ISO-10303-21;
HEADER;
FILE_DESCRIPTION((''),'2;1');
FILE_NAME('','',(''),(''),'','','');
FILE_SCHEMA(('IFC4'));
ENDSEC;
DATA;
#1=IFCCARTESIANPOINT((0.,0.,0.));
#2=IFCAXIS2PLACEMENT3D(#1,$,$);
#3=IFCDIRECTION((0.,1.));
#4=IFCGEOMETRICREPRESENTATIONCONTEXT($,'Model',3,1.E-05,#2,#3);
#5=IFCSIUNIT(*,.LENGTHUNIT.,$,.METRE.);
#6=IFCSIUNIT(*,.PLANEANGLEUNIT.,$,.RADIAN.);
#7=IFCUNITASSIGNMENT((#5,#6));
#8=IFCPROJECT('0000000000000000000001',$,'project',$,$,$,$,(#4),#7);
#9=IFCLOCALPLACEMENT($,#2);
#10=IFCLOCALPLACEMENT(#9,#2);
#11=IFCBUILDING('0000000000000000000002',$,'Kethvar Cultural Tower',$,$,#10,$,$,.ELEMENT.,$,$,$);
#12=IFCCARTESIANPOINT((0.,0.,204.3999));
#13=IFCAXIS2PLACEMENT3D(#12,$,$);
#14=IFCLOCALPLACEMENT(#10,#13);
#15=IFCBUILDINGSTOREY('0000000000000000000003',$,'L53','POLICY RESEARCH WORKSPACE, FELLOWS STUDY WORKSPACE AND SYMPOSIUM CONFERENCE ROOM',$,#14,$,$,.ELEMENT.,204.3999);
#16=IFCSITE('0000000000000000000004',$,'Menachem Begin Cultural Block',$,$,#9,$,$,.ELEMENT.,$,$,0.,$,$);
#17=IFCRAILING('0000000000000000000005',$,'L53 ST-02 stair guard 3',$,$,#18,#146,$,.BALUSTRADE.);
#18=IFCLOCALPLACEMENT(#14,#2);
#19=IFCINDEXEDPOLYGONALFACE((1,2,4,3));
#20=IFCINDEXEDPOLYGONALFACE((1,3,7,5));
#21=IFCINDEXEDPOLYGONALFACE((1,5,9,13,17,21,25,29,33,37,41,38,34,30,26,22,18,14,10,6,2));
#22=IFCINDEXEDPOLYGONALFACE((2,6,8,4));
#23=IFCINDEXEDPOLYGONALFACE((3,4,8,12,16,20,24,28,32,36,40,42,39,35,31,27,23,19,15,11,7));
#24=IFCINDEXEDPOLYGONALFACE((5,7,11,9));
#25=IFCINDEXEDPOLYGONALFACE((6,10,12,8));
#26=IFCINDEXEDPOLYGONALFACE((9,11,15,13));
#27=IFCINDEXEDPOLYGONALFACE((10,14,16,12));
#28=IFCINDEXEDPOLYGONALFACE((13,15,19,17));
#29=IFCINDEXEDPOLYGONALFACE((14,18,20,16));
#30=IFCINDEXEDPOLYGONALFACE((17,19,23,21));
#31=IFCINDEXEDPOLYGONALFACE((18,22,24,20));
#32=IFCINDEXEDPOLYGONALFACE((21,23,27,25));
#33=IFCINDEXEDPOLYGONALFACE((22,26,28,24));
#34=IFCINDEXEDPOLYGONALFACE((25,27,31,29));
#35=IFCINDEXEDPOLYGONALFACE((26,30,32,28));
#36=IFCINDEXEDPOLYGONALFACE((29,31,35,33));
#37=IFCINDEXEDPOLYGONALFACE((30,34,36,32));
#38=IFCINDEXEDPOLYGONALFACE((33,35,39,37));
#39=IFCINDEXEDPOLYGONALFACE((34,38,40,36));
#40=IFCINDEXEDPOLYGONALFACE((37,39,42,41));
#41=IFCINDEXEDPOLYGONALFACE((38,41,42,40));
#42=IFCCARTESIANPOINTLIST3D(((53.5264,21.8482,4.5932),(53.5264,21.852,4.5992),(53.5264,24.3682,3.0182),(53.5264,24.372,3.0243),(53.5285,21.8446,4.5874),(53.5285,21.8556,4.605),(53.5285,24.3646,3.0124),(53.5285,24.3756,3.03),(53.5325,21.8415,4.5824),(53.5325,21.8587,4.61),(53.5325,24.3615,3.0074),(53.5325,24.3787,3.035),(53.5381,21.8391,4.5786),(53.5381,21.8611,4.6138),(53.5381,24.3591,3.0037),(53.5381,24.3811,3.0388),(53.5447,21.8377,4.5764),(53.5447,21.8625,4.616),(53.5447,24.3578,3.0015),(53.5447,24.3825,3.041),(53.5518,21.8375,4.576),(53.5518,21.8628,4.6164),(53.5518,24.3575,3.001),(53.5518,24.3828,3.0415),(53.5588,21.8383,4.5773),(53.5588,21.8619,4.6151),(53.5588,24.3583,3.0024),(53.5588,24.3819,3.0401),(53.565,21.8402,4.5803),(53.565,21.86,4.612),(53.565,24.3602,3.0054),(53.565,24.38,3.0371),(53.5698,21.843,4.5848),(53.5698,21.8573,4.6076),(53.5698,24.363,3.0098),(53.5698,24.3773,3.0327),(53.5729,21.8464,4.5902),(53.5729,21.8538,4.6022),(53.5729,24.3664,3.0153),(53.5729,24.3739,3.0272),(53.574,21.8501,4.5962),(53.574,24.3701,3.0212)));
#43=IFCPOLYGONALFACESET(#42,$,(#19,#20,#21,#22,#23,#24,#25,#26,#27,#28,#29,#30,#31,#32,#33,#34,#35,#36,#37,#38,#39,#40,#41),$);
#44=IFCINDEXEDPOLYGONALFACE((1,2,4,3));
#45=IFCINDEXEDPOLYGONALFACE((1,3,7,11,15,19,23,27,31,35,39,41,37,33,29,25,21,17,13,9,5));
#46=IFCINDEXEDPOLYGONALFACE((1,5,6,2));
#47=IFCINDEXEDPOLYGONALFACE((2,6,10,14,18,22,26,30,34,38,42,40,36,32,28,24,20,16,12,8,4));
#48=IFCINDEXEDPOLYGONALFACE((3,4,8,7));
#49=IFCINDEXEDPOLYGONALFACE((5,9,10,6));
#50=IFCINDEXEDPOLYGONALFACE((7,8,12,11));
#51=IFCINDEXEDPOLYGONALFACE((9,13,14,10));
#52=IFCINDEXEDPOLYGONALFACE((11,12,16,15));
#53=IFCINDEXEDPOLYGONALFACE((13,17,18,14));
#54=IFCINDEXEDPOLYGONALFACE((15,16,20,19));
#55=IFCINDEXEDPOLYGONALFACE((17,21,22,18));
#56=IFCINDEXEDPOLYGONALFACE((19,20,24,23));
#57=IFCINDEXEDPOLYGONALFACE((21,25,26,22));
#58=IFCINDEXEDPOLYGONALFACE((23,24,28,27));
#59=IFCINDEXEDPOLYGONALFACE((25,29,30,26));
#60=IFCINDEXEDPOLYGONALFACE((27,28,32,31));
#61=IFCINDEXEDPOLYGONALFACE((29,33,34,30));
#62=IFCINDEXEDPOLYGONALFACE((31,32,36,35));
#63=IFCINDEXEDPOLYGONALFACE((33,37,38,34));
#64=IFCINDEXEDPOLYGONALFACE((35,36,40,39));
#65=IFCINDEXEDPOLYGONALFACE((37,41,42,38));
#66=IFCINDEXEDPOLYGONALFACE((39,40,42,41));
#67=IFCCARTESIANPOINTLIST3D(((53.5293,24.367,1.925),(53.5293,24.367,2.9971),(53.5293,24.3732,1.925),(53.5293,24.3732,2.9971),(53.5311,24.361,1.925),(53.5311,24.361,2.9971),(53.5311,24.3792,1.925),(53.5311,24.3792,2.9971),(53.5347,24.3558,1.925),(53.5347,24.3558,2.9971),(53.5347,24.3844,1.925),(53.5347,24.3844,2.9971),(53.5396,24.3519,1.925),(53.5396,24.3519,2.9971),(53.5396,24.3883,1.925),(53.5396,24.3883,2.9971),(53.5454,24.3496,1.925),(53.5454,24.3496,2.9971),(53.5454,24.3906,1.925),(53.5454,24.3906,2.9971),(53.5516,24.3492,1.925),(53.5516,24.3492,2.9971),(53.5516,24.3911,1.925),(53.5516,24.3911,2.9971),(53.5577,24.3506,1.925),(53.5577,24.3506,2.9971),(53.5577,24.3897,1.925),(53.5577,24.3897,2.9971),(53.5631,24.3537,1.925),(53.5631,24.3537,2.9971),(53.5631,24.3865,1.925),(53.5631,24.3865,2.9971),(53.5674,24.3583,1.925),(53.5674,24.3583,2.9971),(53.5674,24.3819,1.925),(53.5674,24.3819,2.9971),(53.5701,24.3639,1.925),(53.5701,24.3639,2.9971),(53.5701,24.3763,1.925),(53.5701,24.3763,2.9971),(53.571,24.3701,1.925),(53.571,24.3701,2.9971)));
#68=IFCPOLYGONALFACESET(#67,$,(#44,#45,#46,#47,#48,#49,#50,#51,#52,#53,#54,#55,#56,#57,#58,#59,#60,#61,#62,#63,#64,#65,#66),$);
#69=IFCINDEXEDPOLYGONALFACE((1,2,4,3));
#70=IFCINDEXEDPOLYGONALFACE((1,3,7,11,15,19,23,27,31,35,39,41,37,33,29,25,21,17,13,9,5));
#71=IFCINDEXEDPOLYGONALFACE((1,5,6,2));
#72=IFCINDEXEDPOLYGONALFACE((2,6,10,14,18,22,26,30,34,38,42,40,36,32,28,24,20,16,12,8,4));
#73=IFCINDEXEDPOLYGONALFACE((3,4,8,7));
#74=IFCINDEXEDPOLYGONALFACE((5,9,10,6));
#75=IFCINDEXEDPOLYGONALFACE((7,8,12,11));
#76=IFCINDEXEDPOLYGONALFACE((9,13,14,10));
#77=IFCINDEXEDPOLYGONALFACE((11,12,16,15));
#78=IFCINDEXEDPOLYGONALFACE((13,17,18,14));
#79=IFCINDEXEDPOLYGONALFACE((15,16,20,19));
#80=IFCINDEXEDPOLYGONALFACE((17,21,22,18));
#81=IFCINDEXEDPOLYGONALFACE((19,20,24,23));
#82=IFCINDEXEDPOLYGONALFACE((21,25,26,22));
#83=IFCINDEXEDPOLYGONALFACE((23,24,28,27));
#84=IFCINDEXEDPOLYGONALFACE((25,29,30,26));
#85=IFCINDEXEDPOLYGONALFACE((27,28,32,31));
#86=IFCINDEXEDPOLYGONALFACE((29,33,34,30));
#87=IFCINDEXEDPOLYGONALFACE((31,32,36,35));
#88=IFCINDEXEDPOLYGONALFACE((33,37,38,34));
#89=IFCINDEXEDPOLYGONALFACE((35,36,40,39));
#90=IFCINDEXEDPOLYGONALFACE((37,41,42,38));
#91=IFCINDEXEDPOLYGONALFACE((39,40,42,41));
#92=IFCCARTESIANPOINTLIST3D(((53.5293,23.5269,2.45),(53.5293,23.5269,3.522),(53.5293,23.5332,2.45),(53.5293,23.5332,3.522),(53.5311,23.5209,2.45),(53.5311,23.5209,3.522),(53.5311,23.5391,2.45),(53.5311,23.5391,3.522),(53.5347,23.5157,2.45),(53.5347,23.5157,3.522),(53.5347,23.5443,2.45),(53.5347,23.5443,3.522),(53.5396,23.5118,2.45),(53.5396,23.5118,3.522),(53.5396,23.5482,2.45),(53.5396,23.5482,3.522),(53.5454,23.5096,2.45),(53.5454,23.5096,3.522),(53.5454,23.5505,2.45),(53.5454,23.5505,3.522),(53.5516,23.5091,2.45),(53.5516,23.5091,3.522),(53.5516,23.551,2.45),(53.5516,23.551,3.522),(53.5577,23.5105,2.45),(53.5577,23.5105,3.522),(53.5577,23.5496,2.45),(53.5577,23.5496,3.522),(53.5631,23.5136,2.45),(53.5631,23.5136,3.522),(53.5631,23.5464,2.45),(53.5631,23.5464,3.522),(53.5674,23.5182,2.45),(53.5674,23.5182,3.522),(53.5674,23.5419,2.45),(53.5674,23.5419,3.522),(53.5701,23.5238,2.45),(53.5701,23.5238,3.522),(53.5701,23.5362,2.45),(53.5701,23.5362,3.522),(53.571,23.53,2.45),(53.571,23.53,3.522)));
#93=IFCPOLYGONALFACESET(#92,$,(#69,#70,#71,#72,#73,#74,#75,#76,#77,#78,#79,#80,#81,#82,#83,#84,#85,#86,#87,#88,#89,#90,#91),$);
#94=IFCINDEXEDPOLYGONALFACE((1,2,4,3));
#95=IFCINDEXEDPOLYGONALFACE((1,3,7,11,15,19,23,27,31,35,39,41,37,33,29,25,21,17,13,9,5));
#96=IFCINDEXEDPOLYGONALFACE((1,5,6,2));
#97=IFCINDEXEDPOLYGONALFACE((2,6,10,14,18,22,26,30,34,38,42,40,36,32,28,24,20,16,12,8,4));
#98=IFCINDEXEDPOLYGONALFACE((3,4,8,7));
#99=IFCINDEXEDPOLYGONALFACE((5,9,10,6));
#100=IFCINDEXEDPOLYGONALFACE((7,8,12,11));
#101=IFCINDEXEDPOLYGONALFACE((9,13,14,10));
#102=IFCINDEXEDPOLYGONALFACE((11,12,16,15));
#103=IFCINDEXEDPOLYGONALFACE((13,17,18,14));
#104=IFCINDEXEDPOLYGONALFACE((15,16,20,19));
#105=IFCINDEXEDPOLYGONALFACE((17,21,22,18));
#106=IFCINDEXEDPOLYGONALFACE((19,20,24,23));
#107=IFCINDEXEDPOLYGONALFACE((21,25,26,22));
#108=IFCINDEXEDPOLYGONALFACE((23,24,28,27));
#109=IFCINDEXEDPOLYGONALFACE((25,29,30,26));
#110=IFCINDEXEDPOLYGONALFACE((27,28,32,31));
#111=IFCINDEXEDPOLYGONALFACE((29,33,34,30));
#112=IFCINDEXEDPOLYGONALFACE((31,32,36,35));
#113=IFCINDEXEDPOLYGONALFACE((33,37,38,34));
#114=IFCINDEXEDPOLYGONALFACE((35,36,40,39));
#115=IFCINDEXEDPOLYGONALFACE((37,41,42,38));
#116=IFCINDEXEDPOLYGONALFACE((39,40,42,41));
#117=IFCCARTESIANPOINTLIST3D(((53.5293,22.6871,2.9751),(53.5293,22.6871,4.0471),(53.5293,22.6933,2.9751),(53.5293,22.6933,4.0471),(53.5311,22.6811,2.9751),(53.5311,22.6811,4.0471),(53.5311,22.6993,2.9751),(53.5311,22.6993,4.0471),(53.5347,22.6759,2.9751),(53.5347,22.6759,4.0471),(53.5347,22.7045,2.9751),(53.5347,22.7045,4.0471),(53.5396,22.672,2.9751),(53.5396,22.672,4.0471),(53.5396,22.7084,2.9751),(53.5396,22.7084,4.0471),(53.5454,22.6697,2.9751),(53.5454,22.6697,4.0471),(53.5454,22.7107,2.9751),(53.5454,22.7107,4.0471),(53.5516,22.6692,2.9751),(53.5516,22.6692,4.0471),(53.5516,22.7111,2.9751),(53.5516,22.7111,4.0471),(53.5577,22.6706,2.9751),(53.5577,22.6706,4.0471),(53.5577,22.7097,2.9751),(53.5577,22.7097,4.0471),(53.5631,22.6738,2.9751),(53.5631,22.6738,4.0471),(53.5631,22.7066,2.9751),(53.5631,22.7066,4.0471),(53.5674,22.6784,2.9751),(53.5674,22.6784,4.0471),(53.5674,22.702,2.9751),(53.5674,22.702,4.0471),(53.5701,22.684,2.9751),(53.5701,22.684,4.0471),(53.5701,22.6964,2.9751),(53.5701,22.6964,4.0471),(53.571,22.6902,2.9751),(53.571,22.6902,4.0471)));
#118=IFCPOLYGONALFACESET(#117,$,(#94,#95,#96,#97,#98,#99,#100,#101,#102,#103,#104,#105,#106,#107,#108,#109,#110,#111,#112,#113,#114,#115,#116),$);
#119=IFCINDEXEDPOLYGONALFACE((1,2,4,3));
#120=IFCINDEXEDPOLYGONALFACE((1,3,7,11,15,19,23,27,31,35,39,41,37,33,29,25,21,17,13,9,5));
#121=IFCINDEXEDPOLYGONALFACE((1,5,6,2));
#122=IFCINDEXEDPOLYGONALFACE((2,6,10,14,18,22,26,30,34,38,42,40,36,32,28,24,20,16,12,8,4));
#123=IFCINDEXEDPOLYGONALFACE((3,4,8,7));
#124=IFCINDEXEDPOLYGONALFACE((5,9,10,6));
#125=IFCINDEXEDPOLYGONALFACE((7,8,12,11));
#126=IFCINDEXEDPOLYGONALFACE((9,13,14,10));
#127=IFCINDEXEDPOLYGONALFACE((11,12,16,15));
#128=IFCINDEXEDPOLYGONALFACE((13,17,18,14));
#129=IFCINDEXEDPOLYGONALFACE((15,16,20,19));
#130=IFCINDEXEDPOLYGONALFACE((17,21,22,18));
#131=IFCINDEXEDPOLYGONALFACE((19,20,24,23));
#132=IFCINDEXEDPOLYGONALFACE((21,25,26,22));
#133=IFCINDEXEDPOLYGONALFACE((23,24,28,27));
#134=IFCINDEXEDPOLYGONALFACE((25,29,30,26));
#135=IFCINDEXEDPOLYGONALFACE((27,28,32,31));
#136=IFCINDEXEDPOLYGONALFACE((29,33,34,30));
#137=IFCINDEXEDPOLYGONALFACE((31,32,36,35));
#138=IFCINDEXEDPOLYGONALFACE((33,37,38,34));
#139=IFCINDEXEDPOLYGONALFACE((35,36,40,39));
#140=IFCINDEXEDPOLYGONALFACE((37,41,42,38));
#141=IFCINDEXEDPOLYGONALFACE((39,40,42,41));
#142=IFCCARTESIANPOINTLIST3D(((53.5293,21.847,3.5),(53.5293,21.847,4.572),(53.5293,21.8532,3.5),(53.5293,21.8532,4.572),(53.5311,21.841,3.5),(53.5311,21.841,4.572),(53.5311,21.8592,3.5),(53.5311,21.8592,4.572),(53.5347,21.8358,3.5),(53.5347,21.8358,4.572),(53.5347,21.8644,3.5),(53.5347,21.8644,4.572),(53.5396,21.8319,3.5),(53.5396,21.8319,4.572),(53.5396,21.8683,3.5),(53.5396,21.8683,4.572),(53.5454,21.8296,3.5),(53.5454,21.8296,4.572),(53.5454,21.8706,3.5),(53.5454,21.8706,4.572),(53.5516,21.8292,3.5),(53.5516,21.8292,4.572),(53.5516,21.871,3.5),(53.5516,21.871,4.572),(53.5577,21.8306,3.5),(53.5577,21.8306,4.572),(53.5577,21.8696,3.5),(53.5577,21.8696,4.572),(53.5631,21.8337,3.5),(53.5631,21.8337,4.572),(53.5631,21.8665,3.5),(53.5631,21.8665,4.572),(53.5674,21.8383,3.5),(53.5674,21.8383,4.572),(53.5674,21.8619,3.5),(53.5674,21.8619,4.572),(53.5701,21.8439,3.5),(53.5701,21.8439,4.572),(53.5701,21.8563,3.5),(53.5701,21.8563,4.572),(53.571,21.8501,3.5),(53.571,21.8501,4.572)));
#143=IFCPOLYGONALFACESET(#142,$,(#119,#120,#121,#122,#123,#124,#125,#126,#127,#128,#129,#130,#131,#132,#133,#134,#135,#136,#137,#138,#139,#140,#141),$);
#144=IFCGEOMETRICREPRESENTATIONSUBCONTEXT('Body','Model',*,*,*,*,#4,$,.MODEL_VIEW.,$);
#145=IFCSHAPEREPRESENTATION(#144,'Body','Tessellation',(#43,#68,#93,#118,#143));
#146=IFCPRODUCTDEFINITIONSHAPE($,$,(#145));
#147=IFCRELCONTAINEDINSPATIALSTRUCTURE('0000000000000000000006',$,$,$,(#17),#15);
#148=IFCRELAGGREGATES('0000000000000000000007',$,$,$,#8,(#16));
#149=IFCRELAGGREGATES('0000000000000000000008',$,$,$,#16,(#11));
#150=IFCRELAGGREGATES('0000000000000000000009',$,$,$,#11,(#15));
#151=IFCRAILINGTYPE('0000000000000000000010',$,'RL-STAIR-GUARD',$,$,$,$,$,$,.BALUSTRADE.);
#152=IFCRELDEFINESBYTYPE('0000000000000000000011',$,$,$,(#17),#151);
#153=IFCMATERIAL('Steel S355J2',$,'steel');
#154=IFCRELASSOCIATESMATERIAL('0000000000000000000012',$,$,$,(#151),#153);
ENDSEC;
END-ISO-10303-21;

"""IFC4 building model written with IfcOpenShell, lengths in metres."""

from ifc_helpers import new_model, si_unit, direction, frame, origin, origin_2d, place, context, subcontext, project, spatial, circle, extrude, material, type_object, element, save


model = new_model("IFC4")

# Units and contexts
model_context = context("Model", 3, precision=1e-05, world=origin(), true_north=direction((0.0, 1.0)))
body_context = subcontext(model_context, "Body", "Model", "MODEL_VIEW")
ifc_project = project(units=[si_unit("LENGTHUNIT", "METRE"), si_unit("PLANEANGLEUNIT", "RADIAN")], contexts=[model_context])

# Site, building, storey
site_placement = place(None, origin())
site = spatial("IfcSite", under=ifc_project, at=site_placement, Name="Menachem Begin Cultural Block", CompositionType="ELEMENT", RefElevation=0.0)
building_placement = place(site_placement, origin())
building = spatial("IfcBuilding", under=site, at=building_placement, Name="Kethvar Cultural Tower", CompositionType="ELEMENT")
storey_placement = place(building_placement, frame((0.0, 0.0, 204.3999)))
storey = spatial("IfcBuildingStorey", under=building, at=storey_placement, Name="L53", Description="POLICY RESEARCH WORKSPACE, FELLOWS STUDY WORKSPACE AND SYMPOSIUM CONFERENCE ROOM", CompositionType="ELEMENT", Elevation=204.3999)

# Shared definitions
ifc_material_1 = material(Name="Steel S355J2", Category="steel")

# Railing
railing_type_1 = type_object("IfcRailingType", Name="RL-STAIR-GUARD", PredefinedType="BALUSTRADE", material=ifc_material_1)
railing_1_placement = place(storey_placement, frame((53.55, 24.3701, 1.925)))
element("IfcRailing", 1, at=railing_1_placement, inside=storey, type_object=railing_type_1, Name="L53 ST-02 stair guard 3", PredefinedType="BALUSTRADE", context=body_context, shape_type="SweptSolid", body=[
    extrude(circle(Radius=0.0239, at=origin_2d()), frame((0.0, 0.0, 1.0962), z_axis=(0.0, -0.848008, 0.529984), x_axis=(1.0, 0.0, 0.0)), (0.0, 0.0, 1.0), 2.9717),
    extrude(circle(Radius=0.021, at=origin_2d()), origin(), (0.0, 0.0, 1.0), 1.072),
    extrude(circle(Radius=0.021, at=origin_2d()), frame((0.0, -0.8401, 0.5249)), (0.0, 0.0, 1.0), 1.072),
    extrude(circle(Radius=0.021, at=origin_2d()), frame((0.0, -1.6799, 1.05)), (0.0, 0.0, 1.0), 1.072),
    extrude(circle(Radius=0.021, at=origin_2d()), frame((0.0, -2.52, 1.575)), (0.0, 0.0, 1.0), 1.072),
])

save(model, "model.ifc")
